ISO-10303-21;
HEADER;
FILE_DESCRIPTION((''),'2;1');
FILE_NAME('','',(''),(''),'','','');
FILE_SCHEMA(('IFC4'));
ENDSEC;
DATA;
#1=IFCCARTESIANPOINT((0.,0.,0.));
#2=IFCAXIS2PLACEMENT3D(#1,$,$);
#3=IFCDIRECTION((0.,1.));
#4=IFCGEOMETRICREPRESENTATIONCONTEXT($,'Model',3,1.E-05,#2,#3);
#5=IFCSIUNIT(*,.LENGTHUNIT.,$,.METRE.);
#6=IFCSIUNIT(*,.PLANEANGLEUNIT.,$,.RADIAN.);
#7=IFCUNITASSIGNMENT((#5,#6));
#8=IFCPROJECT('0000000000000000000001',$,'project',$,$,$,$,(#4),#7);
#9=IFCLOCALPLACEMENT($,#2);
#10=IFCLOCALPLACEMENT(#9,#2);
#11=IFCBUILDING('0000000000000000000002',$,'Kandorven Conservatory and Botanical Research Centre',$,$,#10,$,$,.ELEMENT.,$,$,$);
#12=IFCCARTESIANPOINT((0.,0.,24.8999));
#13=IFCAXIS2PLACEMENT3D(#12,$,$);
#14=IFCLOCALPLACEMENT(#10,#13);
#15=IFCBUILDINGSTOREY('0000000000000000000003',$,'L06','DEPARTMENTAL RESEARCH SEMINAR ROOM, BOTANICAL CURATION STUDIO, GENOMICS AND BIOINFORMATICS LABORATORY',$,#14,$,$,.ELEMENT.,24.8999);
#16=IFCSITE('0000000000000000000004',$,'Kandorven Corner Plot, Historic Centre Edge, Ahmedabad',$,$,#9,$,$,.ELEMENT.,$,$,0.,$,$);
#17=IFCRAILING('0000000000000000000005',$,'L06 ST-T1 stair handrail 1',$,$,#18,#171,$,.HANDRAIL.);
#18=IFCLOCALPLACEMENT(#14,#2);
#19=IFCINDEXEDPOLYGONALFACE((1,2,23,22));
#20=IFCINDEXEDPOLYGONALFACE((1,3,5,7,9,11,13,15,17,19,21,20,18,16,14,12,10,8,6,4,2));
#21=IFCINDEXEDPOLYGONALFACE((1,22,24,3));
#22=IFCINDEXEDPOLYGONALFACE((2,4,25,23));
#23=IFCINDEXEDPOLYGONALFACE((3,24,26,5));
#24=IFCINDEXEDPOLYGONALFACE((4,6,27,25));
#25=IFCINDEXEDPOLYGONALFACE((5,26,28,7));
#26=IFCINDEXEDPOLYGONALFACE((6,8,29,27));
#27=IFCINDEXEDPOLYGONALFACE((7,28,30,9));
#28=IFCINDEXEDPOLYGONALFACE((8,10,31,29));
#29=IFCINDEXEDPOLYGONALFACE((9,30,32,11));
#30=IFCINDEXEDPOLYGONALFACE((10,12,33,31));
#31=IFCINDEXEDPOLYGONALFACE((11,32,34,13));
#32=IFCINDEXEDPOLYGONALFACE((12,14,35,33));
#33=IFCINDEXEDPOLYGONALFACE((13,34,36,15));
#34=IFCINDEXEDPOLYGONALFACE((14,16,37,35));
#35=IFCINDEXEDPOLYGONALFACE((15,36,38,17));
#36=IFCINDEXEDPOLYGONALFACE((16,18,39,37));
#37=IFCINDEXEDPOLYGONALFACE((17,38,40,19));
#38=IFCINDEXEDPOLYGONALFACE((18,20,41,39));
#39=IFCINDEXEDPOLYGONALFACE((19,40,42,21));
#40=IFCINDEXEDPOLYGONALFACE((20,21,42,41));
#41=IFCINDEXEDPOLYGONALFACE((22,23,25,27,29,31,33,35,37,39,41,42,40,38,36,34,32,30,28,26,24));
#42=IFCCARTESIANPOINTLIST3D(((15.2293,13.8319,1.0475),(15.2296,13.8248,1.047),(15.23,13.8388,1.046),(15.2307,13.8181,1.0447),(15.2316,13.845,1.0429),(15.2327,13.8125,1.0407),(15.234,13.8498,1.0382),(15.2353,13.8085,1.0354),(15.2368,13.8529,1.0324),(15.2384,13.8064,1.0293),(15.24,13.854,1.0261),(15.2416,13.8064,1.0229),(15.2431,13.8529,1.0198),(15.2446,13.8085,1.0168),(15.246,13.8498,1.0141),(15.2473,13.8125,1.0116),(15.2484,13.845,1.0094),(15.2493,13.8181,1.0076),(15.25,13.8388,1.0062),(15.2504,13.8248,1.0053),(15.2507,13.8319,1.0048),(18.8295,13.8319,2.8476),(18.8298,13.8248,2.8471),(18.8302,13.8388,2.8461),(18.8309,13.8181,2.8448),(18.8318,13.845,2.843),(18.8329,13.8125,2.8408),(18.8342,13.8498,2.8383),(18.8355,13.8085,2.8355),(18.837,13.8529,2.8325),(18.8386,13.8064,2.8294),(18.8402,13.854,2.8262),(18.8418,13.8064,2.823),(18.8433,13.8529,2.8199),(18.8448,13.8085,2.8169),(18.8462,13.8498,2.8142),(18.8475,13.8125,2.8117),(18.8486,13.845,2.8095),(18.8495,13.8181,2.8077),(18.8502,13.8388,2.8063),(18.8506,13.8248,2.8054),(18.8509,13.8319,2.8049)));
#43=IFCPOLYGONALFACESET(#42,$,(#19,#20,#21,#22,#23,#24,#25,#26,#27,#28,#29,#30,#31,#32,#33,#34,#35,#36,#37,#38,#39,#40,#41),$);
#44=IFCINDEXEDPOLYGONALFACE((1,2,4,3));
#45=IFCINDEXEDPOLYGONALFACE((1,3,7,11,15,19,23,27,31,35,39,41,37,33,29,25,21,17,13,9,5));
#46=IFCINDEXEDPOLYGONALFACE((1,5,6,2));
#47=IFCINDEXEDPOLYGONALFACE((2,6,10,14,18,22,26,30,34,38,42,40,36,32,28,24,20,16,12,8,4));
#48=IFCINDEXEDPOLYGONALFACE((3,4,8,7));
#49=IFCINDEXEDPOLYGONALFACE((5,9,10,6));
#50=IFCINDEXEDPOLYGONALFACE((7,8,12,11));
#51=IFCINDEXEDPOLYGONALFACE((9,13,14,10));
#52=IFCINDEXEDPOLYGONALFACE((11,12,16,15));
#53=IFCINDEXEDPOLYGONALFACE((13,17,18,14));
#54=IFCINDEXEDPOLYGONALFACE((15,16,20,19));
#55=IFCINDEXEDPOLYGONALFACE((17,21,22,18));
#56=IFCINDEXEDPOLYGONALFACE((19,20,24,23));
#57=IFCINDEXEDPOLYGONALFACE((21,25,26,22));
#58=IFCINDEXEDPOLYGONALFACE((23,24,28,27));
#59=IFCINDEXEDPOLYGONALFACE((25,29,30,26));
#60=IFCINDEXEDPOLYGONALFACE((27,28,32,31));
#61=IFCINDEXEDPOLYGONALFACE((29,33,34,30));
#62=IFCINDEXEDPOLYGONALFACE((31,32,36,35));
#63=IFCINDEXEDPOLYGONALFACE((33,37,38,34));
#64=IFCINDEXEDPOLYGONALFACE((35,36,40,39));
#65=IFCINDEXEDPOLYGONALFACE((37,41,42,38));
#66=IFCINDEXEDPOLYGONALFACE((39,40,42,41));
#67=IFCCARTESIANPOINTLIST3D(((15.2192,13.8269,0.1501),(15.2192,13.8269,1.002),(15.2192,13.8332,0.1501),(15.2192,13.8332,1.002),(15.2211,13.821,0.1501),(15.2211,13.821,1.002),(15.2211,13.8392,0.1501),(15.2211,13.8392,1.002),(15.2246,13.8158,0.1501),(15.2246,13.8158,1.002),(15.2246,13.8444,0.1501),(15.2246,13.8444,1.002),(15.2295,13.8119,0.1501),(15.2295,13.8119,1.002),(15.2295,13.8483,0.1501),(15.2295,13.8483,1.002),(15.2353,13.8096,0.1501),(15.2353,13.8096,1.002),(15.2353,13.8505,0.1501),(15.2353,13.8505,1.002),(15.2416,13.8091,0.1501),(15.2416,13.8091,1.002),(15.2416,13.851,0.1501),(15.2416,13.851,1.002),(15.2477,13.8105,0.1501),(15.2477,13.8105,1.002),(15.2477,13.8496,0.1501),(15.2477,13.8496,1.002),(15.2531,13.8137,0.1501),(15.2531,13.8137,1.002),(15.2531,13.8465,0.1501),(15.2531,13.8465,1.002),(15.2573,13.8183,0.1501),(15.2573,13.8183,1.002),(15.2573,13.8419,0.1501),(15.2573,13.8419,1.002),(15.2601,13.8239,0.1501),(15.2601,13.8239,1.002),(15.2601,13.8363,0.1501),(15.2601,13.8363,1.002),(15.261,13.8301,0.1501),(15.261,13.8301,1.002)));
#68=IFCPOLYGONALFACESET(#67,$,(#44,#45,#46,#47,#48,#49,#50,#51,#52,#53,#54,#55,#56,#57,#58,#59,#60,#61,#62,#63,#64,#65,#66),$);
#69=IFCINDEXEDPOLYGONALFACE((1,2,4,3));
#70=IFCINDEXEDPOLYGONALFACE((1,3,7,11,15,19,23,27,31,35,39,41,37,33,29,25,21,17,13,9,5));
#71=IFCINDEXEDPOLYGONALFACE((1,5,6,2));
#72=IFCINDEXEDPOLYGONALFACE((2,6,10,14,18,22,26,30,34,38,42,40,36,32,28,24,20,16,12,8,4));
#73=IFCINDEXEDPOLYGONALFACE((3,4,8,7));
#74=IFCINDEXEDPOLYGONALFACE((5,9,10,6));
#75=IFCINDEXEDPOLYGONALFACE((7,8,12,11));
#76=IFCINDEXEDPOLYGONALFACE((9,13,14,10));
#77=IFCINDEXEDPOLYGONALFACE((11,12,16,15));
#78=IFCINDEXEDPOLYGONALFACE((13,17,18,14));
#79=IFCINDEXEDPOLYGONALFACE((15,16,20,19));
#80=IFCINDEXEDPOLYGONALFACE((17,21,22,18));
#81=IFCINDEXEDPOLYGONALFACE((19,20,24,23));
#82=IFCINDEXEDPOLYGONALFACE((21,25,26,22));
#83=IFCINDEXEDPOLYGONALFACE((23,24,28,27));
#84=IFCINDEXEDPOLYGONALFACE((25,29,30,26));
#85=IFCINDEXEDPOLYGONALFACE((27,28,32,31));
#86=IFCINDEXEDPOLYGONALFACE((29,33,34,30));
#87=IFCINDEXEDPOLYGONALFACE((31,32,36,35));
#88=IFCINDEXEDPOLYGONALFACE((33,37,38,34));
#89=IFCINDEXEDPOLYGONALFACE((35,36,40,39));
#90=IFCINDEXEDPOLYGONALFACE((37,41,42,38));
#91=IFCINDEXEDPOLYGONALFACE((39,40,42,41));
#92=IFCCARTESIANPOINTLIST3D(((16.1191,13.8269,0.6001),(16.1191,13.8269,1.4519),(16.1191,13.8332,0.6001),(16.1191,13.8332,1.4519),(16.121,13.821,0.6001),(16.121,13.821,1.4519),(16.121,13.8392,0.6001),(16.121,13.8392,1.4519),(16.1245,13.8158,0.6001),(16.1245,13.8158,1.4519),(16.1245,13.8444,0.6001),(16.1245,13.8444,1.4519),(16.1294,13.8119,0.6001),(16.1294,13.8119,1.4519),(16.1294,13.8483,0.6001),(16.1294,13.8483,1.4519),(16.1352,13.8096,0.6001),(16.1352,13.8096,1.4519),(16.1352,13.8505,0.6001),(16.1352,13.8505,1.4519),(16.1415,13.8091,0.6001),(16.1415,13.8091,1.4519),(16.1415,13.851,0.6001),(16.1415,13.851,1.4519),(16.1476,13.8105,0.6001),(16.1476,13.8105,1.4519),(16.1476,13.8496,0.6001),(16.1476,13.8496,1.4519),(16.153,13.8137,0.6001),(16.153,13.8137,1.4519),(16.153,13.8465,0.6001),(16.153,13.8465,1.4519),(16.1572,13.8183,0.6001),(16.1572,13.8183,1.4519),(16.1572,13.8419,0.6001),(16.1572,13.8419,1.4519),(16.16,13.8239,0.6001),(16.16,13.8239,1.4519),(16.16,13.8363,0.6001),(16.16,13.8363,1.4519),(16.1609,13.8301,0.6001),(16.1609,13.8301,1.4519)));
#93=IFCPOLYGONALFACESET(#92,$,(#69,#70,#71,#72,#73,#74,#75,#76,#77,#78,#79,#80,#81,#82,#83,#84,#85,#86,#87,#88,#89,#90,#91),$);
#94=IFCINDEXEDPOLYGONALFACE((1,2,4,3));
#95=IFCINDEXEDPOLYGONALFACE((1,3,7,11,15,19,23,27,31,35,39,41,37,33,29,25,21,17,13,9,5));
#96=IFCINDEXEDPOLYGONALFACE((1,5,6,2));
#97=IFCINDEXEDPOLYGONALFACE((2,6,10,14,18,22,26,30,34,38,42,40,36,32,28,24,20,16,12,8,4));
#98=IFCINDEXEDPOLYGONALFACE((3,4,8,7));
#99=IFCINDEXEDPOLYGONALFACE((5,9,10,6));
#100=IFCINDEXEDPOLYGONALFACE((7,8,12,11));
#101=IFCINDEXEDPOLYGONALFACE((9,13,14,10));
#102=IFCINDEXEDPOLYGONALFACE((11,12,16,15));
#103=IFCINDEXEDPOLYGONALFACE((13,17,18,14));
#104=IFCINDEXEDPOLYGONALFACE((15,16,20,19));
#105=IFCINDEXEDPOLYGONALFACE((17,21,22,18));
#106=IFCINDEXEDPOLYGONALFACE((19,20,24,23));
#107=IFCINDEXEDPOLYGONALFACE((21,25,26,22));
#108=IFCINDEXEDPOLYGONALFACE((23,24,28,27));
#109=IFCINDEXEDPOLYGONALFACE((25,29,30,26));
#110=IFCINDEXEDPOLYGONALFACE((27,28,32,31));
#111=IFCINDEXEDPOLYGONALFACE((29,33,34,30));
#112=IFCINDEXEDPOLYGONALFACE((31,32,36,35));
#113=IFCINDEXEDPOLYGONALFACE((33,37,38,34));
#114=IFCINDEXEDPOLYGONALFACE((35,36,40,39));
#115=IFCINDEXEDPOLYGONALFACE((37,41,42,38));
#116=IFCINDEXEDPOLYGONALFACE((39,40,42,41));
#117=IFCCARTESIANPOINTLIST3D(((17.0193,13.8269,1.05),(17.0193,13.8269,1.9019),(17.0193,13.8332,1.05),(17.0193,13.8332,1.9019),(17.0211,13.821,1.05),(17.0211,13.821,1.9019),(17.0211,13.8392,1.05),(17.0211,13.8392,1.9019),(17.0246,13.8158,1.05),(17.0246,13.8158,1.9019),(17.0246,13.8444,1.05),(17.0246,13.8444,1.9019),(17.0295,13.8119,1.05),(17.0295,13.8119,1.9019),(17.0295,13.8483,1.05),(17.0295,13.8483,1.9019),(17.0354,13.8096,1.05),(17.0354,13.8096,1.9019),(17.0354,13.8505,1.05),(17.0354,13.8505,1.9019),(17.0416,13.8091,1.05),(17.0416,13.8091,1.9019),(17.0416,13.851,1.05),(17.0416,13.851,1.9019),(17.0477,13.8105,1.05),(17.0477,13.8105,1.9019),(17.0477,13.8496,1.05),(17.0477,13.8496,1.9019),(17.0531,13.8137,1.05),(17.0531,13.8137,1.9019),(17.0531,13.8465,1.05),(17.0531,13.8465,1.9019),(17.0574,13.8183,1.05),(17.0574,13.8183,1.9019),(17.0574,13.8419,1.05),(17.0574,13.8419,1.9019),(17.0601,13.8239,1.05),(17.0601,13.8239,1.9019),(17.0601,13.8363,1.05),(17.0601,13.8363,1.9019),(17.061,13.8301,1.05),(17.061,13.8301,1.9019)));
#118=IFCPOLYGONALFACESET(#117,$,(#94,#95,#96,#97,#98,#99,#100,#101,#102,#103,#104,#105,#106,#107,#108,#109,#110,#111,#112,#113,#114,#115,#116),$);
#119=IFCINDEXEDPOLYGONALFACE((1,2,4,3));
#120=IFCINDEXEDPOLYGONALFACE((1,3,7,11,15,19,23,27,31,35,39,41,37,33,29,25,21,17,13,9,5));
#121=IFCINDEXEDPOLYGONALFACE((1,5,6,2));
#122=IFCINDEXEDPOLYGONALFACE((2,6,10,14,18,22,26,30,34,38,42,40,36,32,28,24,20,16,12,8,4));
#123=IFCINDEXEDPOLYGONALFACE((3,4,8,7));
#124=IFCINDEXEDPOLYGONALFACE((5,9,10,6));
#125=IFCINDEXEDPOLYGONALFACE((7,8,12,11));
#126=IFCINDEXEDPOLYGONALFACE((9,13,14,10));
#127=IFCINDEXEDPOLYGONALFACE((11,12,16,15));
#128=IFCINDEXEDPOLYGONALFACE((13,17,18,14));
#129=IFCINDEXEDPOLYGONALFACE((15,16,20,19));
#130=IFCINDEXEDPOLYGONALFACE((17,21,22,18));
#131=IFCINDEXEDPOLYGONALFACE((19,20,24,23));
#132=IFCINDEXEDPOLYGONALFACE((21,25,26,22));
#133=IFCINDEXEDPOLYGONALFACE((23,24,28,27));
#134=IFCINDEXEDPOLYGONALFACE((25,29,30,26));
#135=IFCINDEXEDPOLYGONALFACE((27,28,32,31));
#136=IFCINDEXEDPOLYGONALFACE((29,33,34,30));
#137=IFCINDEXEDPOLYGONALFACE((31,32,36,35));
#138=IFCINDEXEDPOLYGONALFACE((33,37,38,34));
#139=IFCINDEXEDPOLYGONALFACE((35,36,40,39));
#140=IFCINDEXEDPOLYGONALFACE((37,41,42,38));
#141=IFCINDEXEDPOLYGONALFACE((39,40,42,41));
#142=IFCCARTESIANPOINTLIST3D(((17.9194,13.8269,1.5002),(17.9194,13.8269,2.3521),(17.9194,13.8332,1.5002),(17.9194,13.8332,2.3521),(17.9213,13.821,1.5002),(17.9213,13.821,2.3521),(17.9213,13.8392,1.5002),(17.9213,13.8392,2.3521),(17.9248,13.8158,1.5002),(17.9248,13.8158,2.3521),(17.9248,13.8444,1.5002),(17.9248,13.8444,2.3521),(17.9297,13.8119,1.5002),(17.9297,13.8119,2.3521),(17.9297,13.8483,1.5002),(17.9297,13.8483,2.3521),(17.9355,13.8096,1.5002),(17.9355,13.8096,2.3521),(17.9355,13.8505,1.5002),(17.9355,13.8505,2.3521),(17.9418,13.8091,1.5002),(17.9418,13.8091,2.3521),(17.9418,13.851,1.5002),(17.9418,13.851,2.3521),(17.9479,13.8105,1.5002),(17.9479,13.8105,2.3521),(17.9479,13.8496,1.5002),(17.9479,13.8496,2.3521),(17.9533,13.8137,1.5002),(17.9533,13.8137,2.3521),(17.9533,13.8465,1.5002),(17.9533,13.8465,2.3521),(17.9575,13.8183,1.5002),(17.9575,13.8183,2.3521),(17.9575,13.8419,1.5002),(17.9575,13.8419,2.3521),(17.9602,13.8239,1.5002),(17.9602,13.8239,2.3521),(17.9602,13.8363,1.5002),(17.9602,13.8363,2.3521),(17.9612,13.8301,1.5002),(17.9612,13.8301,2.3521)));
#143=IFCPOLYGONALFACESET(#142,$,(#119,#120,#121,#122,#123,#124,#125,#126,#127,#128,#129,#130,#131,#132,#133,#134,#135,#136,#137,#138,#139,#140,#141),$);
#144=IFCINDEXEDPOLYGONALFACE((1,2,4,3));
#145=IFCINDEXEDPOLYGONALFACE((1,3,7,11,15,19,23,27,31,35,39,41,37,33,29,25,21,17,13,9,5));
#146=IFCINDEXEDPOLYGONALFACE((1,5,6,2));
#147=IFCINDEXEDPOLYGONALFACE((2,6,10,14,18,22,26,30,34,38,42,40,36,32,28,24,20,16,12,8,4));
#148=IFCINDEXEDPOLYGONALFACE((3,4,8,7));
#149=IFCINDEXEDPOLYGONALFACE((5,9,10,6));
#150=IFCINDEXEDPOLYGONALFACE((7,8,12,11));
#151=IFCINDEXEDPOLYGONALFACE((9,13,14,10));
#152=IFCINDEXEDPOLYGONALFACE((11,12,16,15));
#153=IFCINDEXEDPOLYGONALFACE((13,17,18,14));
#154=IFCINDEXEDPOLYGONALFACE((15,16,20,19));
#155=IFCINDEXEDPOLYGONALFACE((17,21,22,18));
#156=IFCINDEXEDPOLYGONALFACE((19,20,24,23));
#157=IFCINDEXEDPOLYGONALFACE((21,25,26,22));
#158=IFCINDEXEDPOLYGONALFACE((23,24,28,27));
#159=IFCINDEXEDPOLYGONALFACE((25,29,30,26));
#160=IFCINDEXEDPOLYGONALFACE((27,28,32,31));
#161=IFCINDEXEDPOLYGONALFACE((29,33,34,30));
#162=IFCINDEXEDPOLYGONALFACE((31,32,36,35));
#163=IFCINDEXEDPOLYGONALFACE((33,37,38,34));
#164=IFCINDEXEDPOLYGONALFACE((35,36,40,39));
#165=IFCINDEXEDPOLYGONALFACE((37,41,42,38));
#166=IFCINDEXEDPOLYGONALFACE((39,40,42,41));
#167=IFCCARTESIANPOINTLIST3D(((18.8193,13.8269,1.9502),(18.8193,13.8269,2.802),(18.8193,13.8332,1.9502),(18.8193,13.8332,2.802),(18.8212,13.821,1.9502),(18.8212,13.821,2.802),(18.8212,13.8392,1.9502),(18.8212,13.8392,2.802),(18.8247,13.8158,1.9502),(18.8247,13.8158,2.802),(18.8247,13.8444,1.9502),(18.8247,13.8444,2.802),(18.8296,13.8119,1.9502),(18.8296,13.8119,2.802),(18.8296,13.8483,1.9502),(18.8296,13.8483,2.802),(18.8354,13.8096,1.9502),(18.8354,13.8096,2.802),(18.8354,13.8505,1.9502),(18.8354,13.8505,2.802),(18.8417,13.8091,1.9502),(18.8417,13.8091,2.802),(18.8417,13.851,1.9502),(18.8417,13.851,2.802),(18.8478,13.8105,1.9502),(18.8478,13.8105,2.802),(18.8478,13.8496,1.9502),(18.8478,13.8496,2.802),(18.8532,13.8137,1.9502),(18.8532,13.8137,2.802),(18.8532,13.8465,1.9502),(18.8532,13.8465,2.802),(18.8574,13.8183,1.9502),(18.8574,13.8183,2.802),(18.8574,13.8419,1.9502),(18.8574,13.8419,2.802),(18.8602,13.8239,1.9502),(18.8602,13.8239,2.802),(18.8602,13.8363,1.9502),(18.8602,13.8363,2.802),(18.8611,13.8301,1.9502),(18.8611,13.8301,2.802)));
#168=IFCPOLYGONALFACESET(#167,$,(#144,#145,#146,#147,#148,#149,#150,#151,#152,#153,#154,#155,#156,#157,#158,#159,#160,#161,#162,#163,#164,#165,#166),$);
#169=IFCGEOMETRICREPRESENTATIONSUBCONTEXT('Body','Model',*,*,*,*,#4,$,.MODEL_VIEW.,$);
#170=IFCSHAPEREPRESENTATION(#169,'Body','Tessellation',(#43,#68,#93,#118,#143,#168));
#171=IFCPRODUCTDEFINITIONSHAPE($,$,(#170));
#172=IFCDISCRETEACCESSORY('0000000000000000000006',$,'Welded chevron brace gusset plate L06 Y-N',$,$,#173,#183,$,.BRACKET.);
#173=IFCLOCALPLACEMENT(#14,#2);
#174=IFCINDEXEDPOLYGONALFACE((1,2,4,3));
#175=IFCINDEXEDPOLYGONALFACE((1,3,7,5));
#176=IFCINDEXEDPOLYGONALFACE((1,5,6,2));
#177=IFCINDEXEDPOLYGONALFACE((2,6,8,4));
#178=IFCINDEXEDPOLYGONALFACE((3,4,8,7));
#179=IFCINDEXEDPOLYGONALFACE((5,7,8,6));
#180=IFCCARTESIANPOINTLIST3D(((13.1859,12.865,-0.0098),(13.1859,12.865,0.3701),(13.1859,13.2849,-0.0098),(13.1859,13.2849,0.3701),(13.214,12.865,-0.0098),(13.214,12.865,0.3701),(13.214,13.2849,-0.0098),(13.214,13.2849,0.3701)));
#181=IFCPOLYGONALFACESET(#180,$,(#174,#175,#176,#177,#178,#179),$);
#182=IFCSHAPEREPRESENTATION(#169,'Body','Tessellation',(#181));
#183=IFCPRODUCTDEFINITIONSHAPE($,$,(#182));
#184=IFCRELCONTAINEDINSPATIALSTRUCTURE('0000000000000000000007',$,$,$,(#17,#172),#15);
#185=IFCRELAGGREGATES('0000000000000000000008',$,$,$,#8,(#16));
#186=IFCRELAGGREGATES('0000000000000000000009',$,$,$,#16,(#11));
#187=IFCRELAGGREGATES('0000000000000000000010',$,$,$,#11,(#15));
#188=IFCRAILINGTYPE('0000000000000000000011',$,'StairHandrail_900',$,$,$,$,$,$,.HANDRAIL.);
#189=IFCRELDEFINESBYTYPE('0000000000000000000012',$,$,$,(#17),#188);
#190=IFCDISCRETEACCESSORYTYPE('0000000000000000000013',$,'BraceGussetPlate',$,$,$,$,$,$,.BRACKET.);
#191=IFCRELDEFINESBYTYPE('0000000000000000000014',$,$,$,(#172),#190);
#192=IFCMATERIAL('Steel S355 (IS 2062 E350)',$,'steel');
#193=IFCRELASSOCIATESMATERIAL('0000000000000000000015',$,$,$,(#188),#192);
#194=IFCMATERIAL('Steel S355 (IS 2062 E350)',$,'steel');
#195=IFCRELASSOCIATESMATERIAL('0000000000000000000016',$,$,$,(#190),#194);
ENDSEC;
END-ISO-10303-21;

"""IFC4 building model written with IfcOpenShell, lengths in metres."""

from ifc_helpers import new_model, si_unit, direction, frame, origin, origin_2d, place, context, subcontext, project, spatial, rectangle, circle, extrude, material, type_object, element, save


model = new_model("IFC4")

# Units and contexts
model_context = context("Model", 3, precision=1e-05, world=origin(), true_north=direction((0.0, 1.0)))
body_context = subcontext(model_context, "Body", "Model", "MODEL_VIEW")
ifc_project = project(units=[si_unit("LENGTHUNIT", "METRE"), si_unit("PLANEANGLEUNIT", "RADIAN")], contexts=[model_context])

# Site, building, storey
site_placement = place(None, origin())
site = spatial("IfcSite", under=ifc_project, at=site_placement, Name="Kandorven Corner Plot, Historic Centre Edge, Ahmedabad", CompositionType="ELEMENT", RefElevation=0.0)
building_placement = place(site_placement, origin())
building = spatial("IfcBuilding", under=site, at=building_placement, Name="Kandorven Conservatory and Botanical Research Centre", CompositionType="ELEMENT")
storey_placement = place(building_placement, frame((0.0, 0.0, 24.8999)))
storey = spatial("IfcBuildingStorey", under=building, at=storey_placement, Name="L06", Description="DEPARTMENTAL RESEARCH SEMINAR ROOM, BOTANICAL CURATION STUDIO, GENOMICS AND BIOINFORMATICS LABORATORY", CompositionType="ELEMENT", Elevation=24.8999)

# Railing
ifc_material_1 = material(Name="Steel S355 (IS 2062 E350)", Category="steel")
railing_type_1 = type_object("IfcRailingType", Name="StairHandrail_900", PredefinedType="HANDRAIL", material=ifc_material_1)
railing_1_placement = place(storey_placement, frame((15.24, 13.8301, 0.1501)))
element("IfcRailing", 1, at=railing_1_placement, inside=storey, type_object=railing_type_1, Name="L06 ST-T1 stair handrail 1", PredefinedType="HANDRAIL", context=body_context, shape_type="SweptSolid", body=[
    extrude(circle(Radius=0.0239, at=origin_2d()), frame((0.0, 0.0, 0.876), z_axis=(0.894427, 0.0, 0.447214), x_axis=(0.0, 1.0, 0.0)), (0.0, 0.0, 1.0), 4.0251),
    extrude(circle(Radius=0.021, at=origin_2d()), origin(), (0.0, 0.0, 1.0), 0.8518),
    extrude(circle(Radius=0.021, at=origin_2d()), frame((0.8999, 0.0, 0.45)), (0.0, 0.0, 1.0), 0.8518),
    extrude(circle(Radius=0.021, at=origin_2d()), frame((1.8, 0.0, 0.8999)), (0.0, 0.0, 1.0), 0.8518),
    extrude(circle(Radius=0.021, at=origin_2d()), frame((2.7002, 0.0, 1.3501)), (0.0, 0.0, 1.0), 0.8518),
    extrude(circle(Radius=0.021, at=origin_2d()), frame((3.6001, 0.0, 1.8)), (0.0, 0.0, 1.0), 0.8518),
])

# Discrete accessory
ifc_material_2 = material(Name="Steel S355 (IS 2062 E350)", Category="steel")
discrete_accessory_type = type_object("IfcDiscreteAccessoryType", Name="BraceGussetPlate", PredefinedType="BRACKET", material=ifc_material_2)
discrete_accessory_placement = place(storey_placement, frame((13.2, 13.075, -0.0098), z_axis=(0.0, 0.0, 1.0), x_axis=(1.0, 0.0, 0.0)))
element("IfcDiscreteAccessory", 2, at=discrete_accessory_placement, inside=storey, type_object=discrete_accessory_type, Name="Welded chevron brace gusset plate L06 Y-N", PredefinedType="BRACKET", context=body_context, shape_type="SweptSolid", body=[
    extrude(rectangle(XDim=0.0281, YDim=0.4199, at=origin_2d()), origin(), (0.0, 0.0, 1.0), 0.3799),
])

save(model, "model.ifc")
